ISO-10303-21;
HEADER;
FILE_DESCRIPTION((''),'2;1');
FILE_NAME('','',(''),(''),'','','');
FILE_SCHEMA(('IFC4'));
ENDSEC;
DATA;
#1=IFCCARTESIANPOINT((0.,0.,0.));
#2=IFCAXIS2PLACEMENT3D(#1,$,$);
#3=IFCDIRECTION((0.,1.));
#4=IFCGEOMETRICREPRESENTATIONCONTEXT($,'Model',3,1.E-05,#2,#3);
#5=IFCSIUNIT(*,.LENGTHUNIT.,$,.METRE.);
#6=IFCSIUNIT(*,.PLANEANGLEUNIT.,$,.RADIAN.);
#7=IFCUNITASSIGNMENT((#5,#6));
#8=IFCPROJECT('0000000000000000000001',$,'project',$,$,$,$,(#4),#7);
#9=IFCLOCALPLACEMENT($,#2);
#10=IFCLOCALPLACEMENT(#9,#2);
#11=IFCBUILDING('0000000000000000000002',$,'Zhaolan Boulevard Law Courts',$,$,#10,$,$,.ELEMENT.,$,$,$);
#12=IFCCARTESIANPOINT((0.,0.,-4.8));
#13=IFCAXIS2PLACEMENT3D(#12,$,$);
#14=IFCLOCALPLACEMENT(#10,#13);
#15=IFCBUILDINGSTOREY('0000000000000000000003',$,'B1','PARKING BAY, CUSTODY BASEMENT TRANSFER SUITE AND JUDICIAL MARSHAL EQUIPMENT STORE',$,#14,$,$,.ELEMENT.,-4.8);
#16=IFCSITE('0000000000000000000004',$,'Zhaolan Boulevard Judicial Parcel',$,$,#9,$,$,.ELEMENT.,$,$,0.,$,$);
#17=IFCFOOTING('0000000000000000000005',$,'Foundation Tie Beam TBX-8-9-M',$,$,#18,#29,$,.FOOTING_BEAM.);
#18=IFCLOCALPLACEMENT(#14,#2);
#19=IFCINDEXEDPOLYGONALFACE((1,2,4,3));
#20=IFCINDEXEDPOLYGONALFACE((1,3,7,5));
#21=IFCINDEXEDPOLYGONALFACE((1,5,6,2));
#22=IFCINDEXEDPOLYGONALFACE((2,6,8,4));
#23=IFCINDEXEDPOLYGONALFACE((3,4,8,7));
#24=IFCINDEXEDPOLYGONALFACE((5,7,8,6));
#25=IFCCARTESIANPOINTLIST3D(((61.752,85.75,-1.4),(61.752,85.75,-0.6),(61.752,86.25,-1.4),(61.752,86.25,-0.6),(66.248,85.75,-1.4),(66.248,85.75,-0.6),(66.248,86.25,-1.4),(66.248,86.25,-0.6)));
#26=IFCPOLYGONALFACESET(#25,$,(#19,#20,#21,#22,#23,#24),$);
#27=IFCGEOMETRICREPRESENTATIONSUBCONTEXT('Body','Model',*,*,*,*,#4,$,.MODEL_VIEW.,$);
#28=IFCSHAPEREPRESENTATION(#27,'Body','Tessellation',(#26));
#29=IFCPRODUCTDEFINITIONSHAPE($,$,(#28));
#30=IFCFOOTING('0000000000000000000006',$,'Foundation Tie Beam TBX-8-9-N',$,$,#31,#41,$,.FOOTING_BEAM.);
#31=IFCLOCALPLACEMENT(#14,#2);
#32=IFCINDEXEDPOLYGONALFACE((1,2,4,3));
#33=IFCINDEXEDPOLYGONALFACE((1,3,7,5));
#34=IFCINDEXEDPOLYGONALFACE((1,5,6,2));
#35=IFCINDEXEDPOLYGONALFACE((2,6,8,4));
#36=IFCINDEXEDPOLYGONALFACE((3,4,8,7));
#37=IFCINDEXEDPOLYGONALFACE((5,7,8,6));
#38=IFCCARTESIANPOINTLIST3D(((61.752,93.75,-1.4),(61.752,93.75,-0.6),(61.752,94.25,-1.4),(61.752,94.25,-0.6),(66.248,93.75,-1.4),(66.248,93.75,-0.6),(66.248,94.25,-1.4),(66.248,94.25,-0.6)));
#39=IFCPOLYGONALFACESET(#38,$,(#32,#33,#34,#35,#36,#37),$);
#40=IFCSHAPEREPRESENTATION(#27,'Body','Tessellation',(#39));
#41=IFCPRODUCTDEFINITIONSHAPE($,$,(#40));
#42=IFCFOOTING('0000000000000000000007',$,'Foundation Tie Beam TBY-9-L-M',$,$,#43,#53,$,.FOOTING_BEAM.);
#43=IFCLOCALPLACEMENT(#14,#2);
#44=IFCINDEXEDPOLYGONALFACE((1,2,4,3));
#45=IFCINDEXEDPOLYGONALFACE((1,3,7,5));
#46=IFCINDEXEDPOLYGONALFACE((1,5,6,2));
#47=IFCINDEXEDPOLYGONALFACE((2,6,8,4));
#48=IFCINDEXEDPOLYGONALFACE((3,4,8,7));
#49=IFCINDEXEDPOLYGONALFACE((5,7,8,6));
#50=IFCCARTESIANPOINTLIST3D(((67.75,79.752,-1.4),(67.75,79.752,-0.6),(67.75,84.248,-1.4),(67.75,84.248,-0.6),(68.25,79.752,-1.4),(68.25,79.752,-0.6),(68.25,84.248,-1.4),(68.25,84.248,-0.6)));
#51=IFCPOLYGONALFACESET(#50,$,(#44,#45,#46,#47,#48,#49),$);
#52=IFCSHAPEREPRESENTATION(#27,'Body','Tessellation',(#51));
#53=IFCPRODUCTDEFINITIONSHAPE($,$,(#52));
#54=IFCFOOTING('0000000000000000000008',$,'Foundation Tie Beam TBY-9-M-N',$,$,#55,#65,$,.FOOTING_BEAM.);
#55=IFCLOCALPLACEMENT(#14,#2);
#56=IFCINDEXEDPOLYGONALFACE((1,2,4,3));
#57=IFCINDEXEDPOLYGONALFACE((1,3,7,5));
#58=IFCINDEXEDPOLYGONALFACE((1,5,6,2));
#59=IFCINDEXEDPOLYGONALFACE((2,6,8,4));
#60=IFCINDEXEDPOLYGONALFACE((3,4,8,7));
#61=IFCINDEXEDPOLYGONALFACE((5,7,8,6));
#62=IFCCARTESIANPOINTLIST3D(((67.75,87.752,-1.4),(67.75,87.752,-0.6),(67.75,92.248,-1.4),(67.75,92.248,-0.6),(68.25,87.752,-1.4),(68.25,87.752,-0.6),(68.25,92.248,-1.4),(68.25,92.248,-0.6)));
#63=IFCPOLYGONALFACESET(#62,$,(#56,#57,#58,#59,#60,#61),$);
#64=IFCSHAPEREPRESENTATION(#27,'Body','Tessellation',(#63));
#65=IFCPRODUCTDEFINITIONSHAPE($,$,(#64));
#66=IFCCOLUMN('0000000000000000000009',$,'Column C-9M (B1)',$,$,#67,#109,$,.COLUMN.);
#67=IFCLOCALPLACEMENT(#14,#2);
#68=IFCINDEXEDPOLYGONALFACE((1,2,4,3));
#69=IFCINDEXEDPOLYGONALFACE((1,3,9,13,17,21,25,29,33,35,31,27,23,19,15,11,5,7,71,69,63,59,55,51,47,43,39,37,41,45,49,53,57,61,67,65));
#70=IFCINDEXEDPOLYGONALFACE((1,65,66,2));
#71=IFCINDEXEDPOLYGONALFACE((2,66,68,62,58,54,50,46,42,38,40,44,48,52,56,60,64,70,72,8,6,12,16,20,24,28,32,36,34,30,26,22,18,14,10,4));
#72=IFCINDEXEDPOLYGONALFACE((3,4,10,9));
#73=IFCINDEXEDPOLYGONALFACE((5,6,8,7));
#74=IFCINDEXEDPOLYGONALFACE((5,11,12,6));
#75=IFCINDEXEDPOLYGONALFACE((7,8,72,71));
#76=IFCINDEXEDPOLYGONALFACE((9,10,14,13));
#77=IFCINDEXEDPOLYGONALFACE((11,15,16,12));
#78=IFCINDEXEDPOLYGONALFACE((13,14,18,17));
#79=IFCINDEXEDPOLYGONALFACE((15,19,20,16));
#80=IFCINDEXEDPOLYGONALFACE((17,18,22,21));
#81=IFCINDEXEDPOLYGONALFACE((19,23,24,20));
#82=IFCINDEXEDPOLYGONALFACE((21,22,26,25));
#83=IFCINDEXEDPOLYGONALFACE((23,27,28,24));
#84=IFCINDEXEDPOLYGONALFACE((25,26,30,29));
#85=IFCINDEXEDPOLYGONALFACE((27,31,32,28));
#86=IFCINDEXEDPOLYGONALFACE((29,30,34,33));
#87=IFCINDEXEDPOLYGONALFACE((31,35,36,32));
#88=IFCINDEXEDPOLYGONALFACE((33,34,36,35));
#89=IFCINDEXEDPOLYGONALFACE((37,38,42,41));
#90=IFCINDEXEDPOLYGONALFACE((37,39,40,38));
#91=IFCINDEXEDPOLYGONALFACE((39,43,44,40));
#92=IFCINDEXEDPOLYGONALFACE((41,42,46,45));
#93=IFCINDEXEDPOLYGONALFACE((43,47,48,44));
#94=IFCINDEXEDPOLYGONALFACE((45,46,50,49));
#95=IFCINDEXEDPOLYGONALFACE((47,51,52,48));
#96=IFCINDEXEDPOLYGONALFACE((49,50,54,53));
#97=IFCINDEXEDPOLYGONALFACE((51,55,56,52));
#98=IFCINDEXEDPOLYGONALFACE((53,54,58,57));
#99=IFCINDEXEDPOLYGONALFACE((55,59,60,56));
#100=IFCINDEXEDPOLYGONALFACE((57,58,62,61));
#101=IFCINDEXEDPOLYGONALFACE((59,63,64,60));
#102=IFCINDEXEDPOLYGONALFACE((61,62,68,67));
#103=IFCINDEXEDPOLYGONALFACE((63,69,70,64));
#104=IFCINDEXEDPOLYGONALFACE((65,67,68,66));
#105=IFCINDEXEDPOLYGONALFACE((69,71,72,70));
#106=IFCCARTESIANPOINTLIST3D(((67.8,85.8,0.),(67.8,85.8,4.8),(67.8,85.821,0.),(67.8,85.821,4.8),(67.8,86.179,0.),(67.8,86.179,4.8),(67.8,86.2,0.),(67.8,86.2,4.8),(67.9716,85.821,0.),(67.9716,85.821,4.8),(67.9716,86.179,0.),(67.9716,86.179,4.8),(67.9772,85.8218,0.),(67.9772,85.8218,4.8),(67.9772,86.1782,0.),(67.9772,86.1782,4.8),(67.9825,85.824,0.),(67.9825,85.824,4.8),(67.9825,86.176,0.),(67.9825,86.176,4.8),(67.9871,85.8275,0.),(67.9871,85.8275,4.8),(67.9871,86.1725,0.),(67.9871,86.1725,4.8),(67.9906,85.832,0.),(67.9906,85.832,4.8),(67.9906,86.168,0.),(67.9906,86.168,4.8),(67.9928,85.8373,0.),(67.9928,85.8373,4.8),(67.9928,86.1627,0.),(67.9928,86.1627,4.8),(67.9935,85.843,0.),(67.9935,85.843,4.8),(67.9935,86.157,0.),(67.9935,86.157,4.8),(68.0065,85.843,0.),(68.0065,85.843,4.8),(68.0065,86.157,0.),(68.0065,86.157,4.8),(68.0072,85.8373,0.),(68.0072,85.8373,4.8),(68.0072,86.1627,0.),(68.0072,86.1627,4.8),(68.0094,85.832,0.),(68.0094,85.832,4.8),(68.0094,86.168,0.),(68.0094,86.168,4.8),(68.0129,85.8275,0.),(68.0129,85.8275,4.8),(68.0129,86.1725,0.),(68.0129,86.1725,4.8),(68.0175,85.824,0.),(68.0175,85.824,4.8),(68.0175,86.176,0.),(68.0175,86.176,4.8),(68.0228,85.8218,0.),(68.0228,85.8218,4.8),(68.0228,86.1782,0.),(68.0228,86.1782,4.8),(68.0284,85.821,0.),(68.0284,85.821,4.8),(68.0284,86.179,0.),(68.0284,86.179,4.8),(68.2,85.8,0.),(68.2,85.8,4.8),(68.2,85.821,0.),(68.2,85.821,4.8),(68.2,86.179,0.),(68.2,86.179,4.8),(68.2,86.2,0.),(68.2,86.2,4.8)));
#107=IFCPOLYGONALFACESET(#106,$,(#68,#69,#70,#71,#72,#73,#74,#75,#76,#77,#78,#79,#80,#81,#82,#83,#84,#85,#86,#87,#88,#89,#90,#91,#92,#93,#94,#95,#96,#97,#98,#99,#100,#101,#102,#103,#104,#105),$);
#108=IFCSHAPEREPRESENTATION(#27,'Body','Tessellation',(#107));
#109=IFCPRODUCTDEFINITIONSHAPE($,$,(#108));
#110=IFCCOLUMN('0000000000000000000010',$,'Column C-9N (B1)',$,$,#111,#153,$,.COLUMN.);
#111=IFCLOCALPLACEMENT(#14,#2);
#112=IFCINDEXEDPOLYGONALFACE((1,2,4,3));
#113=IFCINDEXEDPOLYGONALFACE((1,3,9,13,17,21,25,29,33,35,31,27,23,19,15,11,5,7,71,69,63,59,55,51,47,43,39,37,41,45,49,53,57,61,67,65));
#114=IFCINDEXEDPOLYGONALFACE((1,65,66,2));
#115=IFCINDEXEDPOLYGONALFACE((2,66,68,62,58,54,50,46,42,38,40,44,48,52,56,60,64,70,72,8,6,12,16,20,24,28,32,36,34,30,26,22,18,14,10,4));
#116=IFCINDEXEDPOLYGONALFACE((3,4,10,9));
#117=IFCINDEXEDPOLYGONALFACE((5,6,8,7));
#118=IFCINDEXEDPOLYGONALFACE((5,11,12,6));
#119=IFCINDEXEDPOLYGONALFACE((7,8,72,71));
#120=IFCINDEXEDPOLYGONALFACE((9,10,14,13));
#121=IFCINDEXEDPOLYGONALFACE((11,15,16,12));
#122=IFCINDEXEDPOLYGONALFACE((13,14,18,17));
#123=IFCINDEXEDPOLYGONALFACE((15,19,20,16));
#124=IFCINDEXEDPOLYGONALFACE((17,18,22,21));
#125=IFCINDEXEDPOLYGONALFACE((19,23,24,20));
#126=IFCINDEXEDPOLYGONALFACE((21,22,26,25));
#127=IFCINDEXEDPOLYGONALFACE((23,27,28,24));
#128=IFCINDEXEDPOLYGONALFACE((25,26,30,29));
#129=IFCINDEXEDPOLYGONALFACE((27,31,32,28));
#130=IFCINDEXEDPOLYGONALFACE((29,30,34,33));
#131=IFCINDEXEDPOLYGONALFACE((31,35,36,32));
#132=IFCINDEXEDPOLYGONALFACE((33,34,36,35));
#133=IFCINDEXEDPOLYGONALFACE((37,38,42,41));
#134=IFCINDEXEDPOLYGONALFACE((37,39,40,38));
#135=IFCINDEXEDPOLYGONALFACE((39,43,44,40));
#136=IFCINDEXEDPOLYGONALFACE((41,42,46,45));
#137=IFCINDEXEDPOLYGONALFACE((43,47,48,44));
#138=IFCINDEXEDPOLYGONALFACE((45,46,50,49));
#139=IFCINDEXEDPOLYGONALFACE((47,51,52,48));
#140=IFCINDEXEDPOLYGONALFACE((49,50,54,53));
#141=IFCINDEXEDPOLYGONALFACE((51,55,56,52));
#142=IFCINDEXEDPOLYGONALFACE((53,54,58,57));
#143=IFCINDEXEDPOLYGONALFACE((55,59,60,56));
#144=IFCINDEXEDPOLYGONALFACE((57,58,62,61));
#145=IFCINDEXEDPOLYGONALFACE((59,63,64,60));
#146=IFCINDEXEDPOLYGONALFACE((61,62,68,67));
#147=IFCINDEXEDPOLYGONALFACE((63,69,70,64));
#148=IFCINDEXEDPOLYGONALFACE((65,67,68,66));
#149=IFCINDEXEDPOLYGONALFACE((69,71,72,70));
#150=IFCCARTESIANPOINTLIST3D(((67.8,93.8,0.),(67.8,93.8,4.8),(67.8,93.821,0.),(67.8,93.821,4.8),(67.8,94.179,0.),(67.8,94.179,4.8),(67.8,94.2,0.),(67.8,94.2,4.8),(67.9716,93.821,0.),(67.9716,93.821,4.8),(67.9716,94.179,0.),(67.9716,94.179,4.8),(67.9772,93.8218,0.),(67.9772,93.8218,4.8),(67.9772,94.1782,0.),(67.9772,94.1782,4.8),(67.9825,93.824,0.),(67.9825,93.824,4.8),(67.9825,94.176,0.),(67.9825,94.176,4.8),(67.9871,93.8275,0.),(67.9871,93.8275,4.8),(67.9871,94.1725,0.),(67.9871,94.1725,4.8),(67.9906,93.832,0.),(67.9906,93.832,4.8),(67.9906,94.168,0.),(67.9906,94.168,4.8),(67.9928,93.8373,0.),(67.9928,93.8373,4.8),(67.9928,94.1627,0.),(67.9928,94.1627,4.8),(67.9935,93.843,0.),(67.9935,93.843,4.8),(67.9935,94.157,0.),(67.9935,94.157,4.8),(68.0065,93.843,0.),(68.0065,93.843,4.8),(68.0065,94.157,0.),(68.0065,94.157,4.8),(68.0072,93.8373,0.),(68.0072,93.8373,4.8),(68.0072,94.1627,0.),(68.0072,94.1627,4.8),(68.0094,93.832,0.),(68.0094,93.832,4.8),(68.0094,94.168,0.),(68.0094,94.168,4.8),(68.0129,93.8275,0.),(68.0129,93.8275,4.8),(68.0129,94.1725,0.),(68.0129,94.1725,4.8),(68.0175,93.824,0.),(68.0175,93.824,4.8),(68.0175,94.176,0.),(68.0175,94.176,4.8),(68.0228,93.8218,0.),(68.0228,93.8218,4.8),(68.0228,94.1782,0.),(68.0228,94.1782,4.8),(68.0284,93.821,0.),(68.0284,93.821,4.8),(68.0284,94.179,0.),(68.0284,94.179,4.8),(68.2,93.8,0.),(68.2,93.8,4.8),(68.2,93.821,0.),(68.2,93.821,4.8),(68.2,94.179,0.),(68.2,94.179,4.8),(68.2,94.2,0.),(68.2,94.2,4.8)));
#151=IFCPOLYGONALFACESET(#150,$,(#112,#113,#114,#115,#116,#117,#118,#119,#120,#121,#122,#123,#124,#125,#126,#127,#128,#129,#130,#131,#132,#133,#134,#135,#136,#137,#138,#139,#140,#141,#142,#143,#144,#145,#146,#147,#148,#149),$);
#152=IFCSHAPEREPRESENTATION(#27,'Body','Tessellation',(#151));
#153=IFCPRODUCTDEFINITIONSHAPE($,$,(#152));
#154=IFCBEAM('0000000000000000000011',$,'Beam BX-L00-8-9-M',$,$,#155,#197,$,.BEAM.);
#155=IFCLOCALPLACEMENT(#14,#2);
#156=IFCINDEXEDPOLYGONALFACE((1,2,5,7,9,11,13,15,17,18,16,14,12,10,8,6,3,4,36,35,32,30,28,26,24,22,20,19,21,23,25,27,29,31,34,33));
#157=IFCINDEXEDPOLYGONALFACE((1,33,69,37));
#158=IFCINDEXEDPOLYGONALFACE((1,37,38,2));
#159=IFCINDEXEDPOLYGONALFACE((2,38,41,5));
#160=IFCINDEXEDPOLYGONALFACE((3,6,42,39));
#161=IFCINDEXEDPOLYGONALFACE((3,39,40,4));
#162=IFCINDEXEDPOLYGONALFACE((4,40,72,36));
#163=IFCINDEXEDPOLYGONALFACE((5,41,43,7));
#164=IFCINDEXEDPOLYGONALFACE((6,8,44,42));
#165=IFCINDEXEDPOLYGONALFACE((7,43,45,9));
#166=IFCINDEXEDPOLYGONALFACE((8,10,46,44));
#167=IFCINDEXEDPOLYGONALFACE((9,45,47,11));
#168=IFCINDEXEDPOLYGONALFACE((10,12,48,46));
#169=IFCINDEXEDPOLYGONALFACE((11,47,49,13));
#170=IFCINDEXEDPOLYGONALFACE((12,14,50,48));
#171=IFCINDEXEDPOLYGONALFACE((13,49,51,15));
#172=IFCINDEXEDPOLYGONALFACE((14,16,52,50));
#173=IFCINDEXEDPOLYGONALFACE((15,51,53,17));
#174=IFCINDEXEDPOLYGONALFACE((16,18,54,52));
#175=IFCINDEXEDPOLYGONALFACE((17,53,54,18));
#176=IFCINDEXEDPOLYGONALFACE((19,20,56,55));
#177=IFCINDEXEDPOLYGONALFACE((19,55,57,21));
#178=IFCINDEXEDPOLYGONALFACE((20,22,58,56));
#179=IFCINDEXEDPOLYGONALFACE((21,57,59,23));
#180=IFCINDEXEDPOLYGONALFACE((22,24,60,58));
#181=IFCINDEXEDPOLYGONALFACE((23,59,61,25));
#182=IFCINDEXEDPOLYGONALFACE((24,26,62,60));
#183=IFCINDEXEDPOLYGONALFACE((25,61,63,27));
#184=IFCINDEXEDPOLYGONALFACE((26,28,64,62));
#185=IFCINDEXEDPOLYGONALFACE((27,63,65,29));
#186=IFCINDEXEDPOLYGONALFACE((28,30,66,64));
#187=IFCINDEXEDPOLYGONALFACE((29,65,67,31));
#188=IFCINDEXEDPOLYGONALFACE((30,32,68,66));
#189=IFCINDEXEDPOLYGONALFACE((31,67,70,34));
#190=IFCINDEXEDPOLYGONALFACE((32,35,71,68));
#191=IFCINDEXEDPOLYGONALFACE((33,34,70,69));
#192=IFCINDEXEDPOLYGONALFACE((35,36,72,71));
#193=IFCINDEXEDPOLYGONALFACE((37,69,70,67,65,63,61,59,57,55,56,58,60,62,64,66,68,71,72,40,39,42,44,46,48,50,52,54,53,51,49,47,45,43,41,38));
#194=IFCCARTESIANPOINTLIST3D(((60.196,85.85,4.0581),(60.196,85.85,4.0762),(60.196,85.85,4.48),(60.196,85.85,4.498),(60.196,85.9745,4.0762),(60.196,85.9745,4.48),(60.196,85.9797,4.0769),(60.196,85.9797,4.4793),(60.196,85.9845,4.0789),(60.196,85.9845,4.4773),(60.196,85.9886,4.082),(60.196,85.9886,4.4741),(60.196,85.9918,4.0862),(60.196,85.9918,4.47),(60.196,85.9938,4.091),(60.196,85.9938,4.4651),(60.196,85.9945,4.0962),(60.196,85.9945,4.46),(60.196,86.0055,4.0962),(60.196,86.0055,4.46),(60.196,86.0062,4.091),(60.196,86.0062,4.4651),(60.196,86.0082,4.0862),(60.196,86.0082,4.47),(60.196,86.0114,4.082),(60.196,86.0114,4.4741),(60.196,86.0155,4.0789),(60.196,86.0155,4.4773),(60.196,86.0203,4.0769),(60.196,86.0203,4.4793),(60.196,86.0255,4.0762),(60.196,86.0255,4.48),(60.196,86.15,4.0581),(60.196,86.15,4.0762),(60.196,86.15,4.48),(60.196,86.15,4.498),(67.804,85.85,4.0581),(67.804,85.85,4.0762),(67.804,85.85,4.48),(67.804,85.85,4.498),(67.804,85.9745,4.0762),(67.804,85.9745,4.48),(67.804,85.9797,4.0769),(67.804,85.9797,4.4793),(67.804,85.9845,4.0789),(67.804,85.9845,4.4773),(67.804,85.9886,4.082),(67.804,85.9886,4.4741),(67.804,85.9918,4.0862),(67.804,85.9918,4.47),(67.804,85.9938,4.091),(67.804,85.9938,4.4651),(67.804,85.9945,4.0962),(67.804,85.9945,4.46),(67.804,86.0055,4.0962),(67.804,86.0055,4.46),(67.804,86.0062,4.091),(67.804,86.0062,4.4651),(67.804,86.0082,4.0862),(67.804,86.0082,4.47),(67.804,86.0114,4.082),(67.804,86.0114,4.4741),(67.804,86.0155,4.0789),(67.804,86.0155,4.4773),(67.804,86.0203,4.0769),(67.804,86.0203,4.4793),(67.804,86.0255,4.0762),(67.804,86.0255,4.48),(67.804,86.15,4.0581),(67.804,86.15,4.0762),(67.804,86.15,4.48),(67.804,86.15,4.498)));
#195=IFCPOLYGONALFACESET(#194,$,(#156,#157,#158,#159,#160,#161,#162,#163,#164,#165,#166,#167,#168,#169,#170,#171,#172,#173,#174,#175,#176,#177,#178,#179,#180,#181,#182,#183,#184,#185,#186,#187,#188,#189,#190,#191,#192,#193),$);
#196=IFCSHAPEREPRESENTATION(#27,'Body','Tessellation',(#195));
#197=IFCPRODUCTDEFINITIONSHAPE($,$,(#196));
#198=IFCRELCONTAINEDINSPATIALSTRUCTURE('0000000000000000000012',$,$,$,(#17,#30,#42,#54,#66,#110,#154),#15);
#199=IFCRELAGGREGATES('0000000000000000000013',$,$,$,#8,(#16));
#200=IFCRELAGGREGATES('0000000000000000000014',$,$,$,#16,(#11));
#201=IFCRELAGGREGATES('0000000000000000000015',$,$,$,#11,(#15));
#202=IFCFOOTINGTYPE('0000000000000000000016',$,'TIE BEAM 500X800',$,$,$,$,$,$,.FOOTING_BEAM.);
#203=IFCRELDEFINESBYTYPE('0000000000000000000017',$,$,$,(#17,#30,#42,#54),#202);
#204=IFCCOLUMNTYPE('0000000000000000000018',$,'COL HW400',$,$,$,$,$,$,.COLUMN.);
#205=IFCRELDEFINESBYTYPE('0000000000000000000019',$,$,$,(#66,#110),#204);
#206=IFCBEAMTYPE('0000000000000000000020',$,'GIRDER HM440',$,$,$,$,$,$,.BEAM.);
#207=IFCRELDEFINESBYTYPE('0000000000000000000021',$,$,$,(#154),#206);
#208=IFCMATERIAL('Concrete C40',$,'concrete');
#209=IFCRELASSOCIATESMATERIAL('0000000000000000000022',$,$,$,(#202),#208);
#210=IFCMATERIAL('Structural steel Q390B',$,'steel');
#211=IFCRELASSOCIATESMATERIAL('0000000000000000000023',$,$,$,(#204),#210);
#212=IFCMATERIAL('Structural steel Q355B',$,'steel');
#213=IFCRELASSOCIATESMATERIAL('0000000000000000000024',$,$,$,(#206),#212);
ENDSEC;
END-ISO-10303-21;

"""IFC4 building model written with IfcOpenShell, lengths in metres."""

from ifc_helpers import new_model, si_unit, direction, frame, origin, origin_2d, place, context, subcontext, project, spatial, rectangle, i_section, extrude, material, material_profile, profile_set, type_object, element, save


model = new_model("IFC4")

# Units and contexts
model_context = context("Model", 3, precision=1e-05, world=origin(), true_north=direction((0.0, 1.0)))
body_context = subcontext(model_context, "Body", "Model", "MODEL_VIEW")
ifc_project = project(units=[si_unit("LENGTHUNIT", "METRE"), si_unit("PLANEANGLEUNIT", "RADIAN")], contexts=[model_context])

# Site, building, storey
site_placement = place(None, origin())
site = spatial("IfcSite", under=ifc_project, at=site_placement, Name="Zhaolan Boulevard Judicial Parcel", CompositionType="ELEMENT", RefElevation=0.0)
building_placement = place(site_placement, origin())
building = spatial("IfcBuilding", under=site, at=building_placement, Name="Zhaolan Boulevard Law Courts", CompositionType="ELEMENT")
storey_placement = place(building_placement, frame((0.0, 0.0, -4.8)))
storey = spatial("IfcBuildingStorey", under=building, at=storey_placement, Name="B1", Description="PARKING BAY, CUSTODY BASEMENT TRANSFER SUITE AND JUDICIAL MARSHAL EQUIPMENT STORE", CompositionType="ELEMENT", Elevation=-4.8)

# Footings
ifc_material_1 = material(Name="Concrete C40", Category="concrete")
ifc_material_profile_1 = material_profile(ifc_material_1, rectangle(XDim=0.5, YDim=0.8, at=origin_2d()), Name="RC500x800")
ifc_profile_set_1 = profile_set([ifc_material_profile_1], Name="Concrete C40")
footing_type_1 = type_object("IfcFootingType", Name="TIE BEAM 500X800", PredefinedType="FOOTING_BEAM", material=ifc_profile_set_1)
for number, where, z_axis, x_axis, name in (
    (1, (61.752, 86.0, -1.0), (1.0, 0.0, 0.0), (0.0, 1.0, 0.0), "Foundation Tie Beam TBX-8-9-M"),
    (2, (61.752, 94.0, -1.0), (1.0, 0.0, 0.0), (0.0, 1.0, 0.0), "Foundation Tie Beam TBX-8-9-N"),
    (3, (68.0, 79.752, -1.0), (0.0, 1.0, 0.0), (-1.0, 0.0, 0.0), "Foundation Tie Beam TBY-9-L-M"),
    (4, (68.0, 87.752, -1.0), (0.0, 1.0, 0.0), (-1.0, 0.0, 0.0), "Foundation Tie Beam TBY-9-M-N"),
):
    element("IfcFooting", number, at=place(storey_placement, frame(where, z_axis=z_axis, x_axis=x_axis)), inside=storey, type_object=footing_type_1, Name=name, PredefinedType="FOOTING_BEAM", context=body_context, shape_type="SweptSolid", body=[
        extrude(rectangle(XDim=0.5, YDim=0.8, at=origin_2d()), origin(), (0.0, 0.0, 1.0), 4.4961),
    ])

# Columns
ifc_material_2 = material(Name="Structural steel Q390B", Category="steel")
ifc_material_profile_2 = material_profile(ifc_material_2, i_section(OverallWidth=0.3999, OverallDepth=0.3999, WebThickness=0.0129, FlangeThickness=0.021, FilletRadius=0.022, at=origin_2d()), Name="HW400x400")
ifc_profile_set_2 = profile_set([ifc_material_profile_2], Name="Structural steel Q390B")
column_type = type_object("IfcColumnType", Name="COL HW400", PredefinedType="COLUMN", material=ifc_profile_set_2)
for number, where, z_axis, x_axis, name in (
    (5, (68.0, 86.0, 0.0), (0.0, 0.0, 1.0), (1.0, 0.0, 0.0), "Column C-9M (B1)"),
    (6, (68.0, 94.0, 0.0), (0.0, 0.0, 1.0), (1.0, 0.0, 0.0), "Column C-9N (B1)"),
):
    element("IfcColumn", number, at=place(storey_placement, frame(where, z_axis=z_axis, x_axis=x_axis)), inside=storey, type_object=column_type, Name=name, PredefinedType="COLUMN", context=body_context, shape_type="SweptSolid", body=[
        extrude(i_section(OverallWidth=0.3999, OverallDepth=0.3999, WebThickness=0.0129, FlangeThickness=0.021, FilletRadius=0.022, at=origin_2d()), origin(), (0.0, 0.0, 1.0), 4.8),
    ])

# Beam
ifc_material_3 = material(Name="Structural steel Q355B", Category="steel")
ifc_material_profile_3 = material_profile(ifc_material_3, i_section(OverallWidth=0.3, OverallDepth=0.4399, WebThickness=0.011, FlangeThickness=0.0181, FilletRadius=0.02, at=origin_2d()), Name="HM440x300")
ifc_profile_set_3 = profile_set([ifc_material_profile_3], Name="Structural steel Q355B")
beam_type_1 = type_object("IfcBeamType", Name="GIRDER HM440", PredefinedType="BEAM", material=ifc_profile_set_3)
for number, where, z_axis, x_axis, name in (
    (7, (60.196, 86.0, 4.2781), (1.0, 0.0, 0.0), (0.0, 1.0, 0.0), "Beam BX-L00-8-9-M"),
):
    element("IfcBeam", number, at=place(storey_placement, frame(where, z_axis=z_axis, x_axis=x_axis)), inside=storey, type_object=beam_type_1, Name=name, PredefinedType="BEAM", context=body_context, shape_type="SweptSolid", body=[
        extrude(i_section(OverallWidth=0.3, OverallDepth=0.4399, WebThickness=0.011, FlangeThickness=0.0181, FilletRadius=0.02, at=origin_2d()), origin(), (0.0, 0.0, 1.0), 7.6079),
    ])

save(model, "model.ifc")
